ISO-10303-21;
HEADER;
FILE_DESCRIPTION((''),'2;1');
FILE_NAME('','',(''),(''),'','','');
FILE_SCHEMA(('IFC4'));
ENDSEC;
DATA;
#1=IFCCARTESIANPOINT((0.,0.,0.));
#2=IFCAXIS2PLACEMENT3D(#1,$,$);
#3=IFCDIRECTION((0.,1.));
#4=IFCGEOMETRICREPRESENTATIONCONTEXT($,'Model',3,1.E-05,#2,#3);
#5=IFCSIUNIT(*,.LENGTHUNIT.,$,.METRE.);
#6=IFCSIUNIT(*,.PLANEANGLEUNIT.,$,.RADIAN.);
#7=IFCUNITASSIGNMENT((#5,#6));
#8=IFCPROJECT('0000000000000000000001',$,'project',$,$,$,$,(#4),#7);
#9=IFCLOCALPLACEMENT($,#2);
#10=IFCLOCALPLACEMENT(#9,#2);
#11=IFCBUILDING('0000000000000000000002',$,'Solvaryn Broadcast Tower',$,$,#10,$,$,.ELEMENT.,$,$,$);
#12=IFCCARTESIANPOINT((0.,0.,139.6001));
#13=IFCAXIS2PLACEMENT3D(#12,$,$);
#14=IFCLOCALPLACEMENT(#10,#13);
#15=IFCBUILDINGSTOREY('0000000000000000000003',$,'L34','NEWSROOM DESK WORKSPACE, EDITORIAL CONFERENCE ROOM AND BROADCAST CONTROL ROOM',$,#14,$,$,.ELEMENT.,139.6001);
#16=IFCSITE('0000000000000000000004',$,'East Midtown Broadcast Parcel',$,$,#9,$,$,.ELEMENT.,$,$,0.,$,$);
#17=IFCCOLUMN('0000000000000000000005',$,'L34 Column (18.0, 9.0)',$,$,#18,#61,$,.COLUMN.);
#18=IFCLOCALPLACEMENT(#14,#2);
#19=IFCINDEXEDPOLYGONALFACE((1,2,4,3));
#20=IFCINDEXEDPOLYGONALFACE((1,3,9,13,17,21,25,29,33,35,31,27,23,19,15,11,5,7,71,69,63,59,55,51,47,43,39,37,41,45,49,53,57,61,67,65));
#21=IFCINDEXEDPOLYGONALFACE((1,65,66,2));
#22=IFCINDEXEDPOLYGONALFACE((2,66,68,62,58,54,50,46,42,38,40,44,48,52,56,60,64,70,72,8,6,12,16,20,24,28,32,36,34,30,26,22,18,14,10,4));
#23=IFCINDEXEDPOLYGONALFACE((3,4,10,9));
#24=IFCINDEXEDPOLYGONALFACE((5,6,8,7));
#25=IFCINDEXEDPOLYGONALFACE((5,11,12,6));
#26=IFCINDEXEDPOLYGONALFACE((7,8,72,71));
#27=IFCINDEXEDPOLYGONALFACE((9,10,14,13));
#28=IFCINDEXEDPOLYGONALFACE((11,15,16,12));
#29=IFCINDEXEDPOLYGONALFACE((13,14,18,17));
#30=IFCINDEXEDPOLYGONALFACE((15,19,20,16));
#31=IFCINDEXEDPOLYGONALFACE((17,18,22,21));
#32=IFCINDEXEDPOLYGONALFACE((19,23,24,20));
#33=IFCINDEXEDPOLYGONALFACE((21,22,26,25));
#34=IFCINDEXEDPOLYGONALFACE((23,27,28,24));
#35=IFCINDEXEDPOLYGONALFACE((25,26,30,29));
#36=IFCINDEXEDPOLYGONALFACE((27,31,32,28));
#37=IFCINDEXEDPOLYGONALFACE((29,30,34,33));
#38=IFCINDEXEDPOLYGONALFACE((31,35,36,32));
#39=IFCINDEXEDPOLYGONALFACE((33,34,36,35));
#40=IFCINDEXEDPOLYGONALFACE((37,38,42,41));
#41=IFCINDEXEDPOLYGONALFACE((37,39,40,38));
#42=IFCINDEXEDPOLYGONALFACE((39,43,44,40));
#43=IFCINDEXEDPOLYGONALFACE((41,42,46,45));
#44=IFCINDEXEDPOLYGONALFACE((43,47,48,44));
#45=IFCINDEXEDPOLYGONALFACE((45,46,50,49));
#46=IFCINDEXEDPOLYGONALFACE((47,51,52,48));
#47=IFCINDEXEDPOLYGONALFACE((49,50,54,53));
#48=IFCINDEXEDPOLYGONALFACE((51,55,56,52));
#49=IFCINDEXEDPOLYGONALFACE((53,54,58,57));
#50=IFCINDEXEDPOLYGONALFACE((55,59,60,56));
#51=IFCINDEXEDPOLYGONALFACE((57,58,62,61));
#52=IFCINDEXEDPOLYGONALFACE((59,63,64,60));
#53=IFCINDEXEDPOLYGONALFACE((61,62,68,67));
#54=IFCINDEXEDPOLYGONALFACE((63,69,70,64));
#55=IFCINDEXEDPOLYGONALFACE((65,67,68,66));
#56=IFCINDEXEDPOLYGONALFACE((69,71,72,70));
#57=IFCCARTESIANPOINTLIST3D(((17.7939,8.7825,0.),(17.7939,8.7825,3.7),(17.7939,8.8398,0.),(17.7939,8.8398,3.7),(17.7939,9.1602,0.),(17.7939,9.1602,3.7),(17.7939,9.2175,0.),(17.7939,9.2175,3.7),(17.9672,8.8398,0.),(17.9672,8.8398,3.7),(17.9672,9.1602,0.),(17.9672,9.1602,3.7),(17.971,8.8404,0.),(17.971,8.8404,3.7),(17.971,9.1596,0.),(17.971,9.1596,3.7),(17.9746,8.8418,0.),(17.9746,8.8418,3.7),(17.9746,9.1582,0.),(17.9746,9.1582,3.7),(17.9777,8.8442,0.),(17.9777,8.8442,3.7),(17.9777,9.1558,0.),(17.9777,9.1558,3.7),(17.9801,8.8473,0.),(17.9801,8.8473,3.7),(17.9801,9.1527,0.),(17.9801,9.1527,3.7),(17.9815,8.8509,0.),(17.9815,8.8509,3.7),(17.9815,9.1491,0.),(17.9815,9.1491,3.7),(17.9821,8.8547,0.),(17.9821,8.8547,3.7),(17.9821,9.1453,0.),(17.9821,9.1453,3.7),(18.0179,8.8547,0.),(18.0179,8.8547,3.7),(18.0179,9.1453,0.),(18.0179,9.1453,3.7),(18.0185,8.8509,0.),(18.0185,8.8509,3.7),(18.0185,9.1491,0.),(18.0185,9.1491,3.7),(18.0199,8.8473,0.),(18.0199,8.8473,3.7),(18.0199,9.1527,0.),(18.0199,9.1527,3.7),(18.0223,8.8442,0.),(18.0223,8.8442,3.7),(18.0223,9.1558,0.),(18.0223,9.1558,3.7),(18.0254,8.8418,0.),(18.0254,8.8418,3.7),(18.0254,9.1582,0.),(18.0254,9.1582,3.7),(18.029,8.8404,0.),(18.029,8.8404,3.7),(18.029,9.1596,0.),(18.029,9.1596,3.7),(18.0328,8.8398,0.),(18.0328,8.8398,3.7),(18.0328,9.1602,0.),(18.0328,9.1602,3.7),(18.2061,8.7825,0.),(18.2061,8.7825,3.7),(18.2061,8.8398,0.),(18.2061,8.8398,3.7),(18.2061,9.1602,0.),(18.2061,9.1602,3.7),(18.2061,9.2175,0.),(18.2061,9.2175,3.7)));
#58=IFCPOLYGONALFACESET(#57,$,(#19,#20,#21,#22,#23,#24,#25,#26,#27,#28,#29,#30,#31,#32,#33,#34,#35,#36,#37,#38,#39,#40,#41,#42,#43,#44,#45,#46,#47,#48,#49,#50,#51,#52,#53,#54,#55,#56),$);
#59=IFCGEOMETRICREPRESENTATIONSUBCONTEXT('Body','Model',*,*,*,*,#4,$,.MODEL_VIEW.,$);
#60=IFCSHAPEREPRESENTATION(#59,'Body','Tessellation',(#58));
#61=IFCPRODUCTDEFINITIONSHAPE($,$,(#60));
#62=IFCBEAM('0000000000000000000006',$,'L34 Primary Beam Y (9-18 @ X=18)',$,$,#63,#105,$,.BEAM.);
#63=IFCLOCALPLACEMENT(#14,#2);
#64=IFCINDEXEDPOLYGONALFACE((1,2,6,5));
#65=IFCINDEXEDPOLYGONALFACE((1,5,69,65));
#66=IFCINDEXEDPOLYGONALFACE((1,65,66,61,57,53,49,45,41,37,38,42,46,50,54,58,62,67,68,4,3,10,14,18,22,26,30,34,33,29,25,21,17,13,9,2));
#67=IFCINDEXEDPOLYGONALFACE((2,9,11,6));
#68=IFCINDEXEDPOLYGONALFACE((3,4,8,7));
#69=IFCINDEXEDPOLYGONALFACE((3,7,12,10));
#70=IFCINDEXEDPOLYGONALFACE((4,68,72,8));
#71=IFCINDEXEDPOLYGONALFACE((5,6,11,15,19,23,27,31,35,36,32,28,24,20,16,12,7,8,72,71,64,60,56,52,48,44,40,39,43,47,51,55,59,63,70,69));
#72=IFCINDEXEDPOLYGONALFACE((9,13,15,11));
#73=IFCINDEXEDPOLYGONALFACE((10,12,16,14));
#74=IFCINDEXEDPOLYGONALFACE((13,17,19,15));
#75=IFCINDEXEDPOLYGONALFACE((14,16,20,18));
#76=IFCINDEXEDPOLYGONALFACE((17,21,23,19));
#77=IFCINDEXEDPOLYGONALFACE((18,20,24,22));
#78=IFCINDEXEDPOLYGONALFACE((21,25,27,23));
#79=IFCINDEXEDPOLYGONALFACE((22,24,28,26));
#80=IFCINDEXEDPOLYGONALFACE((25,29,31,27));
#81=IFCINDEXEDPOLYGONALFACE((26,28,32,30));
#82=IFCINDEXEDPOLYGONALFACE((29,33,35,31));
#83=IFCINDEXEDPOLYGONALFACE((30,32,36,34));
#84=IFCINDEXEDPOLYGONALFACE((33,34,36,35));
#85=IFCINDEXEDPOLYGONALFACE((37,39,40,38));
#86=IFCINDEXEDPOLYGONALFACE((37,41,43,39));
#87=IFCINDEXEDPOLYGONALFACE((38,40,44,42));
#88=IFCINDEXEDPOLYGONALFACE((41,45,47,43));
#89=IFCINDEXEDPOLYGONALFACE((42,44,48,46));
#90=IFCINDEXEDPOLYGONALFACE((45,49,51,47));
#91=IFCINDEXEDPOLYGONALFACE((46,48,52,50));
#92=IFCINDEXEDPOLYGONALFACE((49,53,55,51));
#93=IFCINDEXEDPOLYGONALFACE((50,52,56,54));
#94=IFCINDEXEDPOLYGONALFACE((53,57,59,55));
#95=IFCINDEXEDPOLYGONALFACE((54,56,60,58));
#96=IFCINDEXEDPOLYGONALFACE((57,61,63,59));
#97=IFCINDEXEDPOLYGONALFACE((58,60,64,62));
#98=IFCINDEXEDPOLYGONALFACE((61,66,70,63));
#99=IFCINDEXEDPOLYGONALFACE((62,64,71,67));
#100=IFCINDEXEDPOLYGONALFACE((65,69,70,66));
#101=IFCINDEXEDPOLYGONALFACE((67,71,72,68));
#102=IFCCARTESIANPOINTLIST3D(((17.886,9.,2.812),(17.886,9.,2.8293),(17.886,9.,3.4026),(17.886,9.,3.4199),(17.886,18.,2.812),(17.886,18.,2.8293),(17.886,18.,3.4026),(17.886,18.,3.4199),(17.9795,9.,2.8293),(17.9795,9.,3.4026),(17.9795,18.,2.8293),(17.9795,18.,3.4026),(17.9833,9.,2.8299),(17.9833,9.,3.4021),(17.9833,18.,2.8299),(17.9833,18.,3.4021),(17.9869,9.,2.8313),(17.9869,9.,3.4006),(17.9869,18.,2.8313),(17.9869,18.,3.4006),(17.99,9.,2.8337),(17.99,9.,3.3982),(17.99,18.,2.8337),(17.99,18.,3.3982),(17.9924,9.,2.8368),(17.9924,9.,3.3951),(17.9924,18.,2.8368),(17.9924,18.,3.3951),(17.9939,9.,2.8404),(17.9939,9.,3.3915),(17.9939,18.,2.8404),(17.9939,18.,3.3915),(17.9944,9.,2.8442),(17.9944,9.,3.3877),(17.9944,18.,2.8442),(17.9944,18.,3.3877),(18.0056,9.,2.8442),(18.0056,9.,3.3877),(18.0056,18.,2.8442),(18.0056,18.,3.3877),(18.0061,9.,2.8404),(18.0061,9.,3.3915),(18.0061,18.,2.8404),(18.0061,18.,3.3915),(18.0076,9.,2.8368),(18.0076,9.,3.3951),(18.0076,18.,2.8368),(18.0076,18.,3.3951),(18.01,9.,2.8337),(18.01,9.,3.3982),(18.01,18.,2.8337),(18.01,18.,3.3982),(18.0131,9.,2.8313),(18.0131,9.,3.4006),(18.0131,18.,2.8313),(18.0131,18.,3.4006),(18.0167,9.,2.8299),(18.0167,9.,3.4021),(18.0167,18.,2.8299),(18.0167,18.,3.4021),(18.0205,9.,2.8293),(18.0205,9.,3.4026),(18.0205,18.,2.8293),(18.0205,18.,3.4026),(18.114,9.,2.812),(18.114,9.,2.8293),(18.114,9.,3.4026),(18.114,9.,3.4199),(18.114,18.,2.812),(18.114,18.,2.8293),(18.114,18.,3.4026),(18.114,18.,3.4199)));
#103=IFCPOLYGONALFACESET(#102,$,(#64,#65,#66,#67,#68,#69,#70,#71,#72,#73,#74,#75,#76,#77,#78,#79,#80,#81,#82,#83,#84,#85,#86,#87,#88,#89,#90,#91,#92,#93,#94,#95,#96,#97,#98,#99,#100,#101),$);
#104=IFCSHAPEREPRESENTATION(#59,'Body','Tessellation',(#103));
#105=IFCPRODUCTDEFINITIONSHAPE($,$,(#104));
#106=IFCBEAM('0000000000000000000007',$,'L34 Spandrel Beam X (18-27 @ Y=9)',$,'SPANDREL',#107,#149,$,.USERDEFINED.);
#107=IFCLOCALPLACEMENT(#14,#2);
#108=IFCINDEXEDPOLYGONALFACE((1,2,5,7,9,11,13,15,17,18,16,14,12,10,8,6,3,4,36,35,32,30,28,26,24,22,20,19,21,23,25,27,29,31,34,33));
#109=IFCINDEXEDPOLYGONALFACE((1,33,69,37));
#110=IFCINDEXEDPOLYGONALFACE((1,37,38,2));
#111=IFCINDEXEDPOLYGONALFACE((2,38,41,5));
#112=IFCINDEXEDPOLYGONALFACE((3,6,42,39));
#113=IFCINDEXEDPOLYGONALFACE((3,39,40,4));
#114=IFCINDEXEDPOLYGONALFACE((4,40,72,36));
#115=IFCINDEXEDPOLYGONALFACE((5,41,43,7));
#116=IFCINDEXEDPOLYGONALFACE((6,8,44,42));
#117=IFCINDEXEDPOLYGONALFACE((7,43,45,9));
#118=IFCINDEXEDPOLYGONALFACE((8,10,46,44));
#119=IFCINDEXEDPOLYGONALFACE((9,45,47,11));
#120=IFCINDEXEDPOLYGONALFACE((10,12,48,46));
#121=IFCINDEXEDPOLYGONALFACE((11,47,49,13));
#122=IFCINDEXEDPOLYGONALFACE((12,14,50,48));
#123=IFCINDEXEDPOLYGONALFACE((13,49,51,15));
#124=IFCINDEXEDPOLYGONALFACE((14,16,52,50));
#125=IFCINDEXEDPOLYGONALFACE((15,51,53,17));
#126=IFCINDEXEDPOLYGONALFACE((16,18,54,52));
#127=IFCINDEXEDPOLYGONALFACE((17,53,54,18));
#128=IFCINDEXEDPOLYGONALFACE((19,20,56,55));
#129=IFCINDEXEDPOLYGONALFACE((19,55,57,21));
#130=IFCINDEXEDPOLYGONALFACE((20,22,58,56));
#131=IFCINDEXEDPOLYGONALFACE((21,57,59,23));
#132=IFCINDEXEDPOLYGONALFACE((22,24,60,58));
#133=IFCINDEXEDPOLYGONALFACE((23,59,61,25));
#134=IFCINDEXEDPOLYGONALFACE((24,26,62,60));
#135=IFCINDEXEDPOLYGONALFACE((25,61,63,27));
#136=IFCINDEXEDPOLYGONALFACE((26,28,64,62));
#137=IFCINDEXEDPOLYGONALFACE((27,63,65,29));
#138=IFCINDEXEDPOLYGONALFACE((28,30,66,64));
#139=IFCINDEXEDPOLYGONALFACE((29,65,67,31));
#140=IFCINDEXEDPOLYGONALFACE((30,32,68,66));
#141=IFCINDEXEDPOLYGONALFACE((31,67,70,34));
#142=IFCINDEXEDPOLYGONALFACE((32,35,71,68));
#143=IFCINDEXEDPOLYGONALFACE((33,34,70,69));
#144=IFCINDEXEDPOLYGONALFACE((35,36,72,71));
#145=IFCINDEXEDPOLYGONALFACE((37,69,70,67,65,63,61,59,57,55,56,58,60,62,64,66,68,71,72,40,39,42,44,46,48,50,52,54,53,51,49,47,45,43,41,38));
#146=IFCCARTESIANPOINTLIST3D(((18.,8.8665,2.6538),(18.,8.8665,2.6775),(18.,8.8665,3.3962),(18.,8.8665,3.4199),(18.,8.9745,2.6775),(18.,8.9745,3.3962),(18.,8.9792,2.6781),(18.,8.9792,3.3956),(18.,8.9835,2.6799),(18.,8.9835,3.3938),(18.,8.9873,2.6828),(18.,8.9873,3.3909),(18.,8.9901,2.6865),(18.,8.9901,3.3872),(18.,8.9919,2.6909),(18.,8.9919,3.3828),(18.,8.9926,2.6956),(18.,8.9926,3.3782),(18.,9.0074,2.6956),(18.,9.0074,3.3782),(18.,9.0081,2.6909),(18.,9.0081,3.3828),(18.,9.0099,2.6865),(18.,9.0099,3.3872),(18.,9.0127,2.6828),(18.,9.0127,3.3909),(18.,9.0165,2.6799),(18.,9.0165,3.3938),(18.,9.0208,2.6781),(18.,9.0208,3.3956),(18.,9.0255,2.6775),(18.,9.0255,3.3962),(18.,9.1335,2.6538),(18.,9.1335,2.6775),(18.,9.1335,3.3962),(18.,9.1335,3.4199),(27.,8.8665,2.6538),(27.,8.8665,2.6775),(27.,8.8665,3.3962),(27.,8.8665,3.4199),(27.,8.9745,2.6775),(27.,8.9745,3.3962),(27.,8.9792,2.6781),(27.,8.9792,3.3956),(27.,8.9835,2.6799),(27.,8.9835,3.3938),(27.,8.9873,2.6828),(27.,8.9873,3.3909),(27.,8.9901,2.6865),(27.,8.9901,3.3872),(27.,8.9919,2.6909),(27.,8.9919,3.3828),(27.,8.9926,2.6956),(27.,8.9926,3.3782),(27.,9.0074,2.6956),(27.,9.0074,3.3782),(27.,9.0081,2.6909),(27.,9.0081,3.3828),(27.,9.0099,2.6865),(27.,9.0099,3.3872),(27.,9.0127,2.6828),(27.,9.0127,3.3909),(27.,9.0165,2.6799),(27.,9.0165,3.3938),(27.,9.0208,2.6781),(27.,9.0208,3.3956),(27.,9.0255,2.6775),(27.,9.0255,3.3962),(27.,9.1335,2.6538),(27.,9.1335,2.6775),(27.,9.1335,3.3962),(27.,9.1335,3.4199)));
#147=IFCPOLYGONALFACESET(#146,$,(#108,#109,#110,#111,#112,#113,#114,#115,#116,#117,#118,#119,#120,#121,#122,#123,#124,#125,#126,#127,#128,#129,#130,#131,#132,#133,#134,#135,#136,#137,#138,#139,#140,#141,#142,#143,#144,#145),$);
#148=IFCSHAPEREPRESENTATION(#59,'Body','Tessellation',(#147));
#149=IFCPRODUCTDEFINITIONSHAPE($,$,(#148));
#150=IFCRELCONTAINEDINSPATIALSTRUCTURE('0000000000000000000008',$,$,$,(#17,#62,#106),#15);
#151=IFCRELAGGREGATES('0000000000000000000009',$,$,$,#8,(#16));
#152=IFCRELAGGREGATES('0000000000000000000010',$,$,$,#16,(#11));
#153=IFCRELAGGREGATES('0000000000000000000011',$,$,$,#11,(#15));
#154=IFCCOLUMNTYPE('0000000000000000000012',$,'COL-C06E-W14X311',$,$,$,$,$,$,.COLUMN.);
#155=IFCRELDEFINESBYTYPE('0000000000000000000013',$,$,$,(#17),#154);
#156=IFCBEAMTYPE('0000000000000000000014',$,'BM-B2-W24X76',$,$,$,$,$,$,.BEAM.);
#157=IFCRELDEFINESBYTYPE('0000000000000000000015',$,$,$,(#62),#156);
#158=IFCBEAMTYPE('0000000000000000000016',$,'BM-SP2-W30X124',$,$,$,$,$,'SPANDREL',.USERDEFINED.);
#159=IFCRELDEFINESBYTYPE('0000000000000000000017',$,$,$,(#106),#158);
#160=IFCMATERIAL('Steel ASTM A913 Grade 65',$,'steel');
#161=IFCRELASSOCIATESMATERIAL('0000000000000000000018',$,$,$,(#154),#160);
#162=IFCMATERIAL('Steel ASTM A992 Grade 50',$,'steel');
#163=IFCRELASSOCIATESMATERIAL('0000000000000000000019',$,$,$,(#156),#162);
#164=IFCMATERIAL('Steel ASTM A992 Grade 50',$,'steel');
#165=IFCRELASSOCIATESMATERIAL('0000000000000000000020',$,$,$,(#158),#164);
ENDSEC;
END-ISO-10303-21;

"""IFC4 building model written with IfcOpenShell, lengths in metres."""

from ifc_helpers import new_model, si_unit, direction, frame, origin, origin_2d, place, context, subcontext, project, spatial, i_section, extrude, material, material_profile, profile_set, type_object, element, save


model = new_model("IFC4")

# Units and contexts
model_context = context("Model", 3, precision=1e-05, world=origin(), true_north=direction((0.0, 1.0)))
body_context = subcontext(model_context, "Body", "Model", "MODEL_VIEW")
ifc_project = project(units=[si_unit("LENGTHUNIT", "METRE"), si_unit("PLANEANGLEUNIT", "RADIAN")], contexts=[model_context])

# Site, building, storey
site_placement = place(None, origin())
site = spatial("IfcSite", under=ifc_project, at=site_placement, Name="East Midtown Broadcast Parcel", CompositionType="ELEMENT", RefElevation=0.0)
building_placement = place(site_placement, origin())
building = spatial("IfcBuilding", under=site, at=building_placement, Name="Solvaryn Broadcast Tower", CompositionType="ELEMENT")
storey_placement = place(building_placement, frame((0.0, 0.0, 139.6001)))
storey = spatial("IfcBuildingStorey", under=building, at=storey_placement, Name="L34", Description="NEWSROOM DESK WORKSPACE, EDITORIAL CONFERENCE ROOM AND BROADCAST CONTROL ROOM", CompositionType="ELEMENT", Elevation=139.6001)

# Column
ifc_material_1 = material(Name="Steel ASTM A913 Grade 65", Category="steel")
ifc_material_profile_1 = material_profile(ifc_material_1, i_section(OverallWidth=0.4121, OverallDepth=0.4351, WebThickness=0.0359, FlangeThickness=0.0574, FilletRadius=0.0149, at=origin_2d()))
ifc_profile_set_1 = profile_set([ifc_material_profile_1], Name="Steel ASTM A913 Grade 65")
column_type = type_object("IfcColumnType", Name="COL-C06E-W14X311", PredefinedType="COLUMN", material=ifc_profile_set_1)
column_placement = place(storey_placement, frame((18.0, 9.0, 0.0), z_axis=(0.0, 0.0, 1.0), x_axis=(1.0, 0.0, 0.0)))
element("IfcColumn", 1, at=column_placement, inside=storey, type_object=column_type, Name="L34 Column (18.0, 9.0)", PredefinedType="COLUMN", context=body_context, shape_type="SweptSolid", body=[
    extrude(i_section(OverallWidth=0.4121, OverallDepth=0.4351, WebThickness=0.0359, FlangeThickness=0.0574, FilletRadius=0.0149, at=origin_2d()), origin(), (0.0, 0.0, 1.0), 3.7),
])

# Beams
ifc_material_2 = material(Name="Steel ASTM A992 Grade 50", Category="steel")
ifc_material_profile_2 = material_profile(ifc_material_2, i_section(OverallWidth=0.228, OverallDepth=0.6079, WebThickness=0.0112, FlangeThickness=0.0173, FilletRadius=0.0149, at=origin_2d()))
ifc_profile_set_2 = profile_set([ifc_material_profile_2], Name="Steel ASTM A992 Grade 50")
beam_type_1 = type_object("IfcBeamType", Name="BM-B2-W24X76", PredefinedType="BEAM", material=ifc_profile_set_2)
beam_1_placement = place(storey_placement, frame((18.0, 9.0, 3.116), z_axis=(0.0, 1.0, 0.0), x_axis=(-1.0, 0.0, 0.0)))
element("IfcBeam", 2, at=beam_1_placement, inside=storey, type_object=beam_type_1, Name="L34 Primary Beam Y (9-18 @ X=18)", PredefinedType="BEAM", context=body_context, shape_type="SweptSolid", body=[
    extrude(i_section(OverallWidth=0.228, OverallDepth=0.6079, WebThickness=0.0112, FlangeThickness=0.0173, FilletRadius=0.0149, at=origin_2d()), origin(), (0.0, 0.0, 1.0), 9.0),
])
ifc_material_3 = material(Name="Steel ASTM A992 Grade 50", Category="steel")
ifc_material_profile_3 = material_profile(ifc_material_3, i_section(OverallWidth=0.2671, OverallDepth=0.7661, WebThickness=0.0149, FlangeThickness=0.0237, FilletRadius=0.0181, at=origin_2d()))
ifc_profile_set_3 = profile_set([ifc_material_profile_3], Name="Steel ASTM A992 Grade 50")
beam_type_2 = type_object("IfcBeamType", Name="BM-SP2-W30X124", ElementType="SPANDREL", PredefinedType="USERDEFINED", material=ifc_profile_set_3)
beam_2_placement = place(storey_placement, frame((18.0, 9.0, 3.0369), z_axis=(1.0, 0.0, 0.0), x_axis=(0.0, 1.0, 0.0)))
element("IfcBeam", 3, at=beam_2_placement, inside=storey, type_object=beam_type_2, Name="L34 Spandrel Beam X (18-27 @ Y=9)", ObjectType="SPANDREL", PredefinedType="USERDEFINED", context=body_context, shape_type="SweptSolid", body=[
    extrude(i_section(OverallWidth=0.2671, OverallDepth=0.7661, WebThickness=0.0149, FlangeThickness=0.0237, FilletRadius=0.0181, at=origin_2d()), origin(), (0.0, 0.0, 1.0), 9.0),
])

save(model, "model.ifc")
